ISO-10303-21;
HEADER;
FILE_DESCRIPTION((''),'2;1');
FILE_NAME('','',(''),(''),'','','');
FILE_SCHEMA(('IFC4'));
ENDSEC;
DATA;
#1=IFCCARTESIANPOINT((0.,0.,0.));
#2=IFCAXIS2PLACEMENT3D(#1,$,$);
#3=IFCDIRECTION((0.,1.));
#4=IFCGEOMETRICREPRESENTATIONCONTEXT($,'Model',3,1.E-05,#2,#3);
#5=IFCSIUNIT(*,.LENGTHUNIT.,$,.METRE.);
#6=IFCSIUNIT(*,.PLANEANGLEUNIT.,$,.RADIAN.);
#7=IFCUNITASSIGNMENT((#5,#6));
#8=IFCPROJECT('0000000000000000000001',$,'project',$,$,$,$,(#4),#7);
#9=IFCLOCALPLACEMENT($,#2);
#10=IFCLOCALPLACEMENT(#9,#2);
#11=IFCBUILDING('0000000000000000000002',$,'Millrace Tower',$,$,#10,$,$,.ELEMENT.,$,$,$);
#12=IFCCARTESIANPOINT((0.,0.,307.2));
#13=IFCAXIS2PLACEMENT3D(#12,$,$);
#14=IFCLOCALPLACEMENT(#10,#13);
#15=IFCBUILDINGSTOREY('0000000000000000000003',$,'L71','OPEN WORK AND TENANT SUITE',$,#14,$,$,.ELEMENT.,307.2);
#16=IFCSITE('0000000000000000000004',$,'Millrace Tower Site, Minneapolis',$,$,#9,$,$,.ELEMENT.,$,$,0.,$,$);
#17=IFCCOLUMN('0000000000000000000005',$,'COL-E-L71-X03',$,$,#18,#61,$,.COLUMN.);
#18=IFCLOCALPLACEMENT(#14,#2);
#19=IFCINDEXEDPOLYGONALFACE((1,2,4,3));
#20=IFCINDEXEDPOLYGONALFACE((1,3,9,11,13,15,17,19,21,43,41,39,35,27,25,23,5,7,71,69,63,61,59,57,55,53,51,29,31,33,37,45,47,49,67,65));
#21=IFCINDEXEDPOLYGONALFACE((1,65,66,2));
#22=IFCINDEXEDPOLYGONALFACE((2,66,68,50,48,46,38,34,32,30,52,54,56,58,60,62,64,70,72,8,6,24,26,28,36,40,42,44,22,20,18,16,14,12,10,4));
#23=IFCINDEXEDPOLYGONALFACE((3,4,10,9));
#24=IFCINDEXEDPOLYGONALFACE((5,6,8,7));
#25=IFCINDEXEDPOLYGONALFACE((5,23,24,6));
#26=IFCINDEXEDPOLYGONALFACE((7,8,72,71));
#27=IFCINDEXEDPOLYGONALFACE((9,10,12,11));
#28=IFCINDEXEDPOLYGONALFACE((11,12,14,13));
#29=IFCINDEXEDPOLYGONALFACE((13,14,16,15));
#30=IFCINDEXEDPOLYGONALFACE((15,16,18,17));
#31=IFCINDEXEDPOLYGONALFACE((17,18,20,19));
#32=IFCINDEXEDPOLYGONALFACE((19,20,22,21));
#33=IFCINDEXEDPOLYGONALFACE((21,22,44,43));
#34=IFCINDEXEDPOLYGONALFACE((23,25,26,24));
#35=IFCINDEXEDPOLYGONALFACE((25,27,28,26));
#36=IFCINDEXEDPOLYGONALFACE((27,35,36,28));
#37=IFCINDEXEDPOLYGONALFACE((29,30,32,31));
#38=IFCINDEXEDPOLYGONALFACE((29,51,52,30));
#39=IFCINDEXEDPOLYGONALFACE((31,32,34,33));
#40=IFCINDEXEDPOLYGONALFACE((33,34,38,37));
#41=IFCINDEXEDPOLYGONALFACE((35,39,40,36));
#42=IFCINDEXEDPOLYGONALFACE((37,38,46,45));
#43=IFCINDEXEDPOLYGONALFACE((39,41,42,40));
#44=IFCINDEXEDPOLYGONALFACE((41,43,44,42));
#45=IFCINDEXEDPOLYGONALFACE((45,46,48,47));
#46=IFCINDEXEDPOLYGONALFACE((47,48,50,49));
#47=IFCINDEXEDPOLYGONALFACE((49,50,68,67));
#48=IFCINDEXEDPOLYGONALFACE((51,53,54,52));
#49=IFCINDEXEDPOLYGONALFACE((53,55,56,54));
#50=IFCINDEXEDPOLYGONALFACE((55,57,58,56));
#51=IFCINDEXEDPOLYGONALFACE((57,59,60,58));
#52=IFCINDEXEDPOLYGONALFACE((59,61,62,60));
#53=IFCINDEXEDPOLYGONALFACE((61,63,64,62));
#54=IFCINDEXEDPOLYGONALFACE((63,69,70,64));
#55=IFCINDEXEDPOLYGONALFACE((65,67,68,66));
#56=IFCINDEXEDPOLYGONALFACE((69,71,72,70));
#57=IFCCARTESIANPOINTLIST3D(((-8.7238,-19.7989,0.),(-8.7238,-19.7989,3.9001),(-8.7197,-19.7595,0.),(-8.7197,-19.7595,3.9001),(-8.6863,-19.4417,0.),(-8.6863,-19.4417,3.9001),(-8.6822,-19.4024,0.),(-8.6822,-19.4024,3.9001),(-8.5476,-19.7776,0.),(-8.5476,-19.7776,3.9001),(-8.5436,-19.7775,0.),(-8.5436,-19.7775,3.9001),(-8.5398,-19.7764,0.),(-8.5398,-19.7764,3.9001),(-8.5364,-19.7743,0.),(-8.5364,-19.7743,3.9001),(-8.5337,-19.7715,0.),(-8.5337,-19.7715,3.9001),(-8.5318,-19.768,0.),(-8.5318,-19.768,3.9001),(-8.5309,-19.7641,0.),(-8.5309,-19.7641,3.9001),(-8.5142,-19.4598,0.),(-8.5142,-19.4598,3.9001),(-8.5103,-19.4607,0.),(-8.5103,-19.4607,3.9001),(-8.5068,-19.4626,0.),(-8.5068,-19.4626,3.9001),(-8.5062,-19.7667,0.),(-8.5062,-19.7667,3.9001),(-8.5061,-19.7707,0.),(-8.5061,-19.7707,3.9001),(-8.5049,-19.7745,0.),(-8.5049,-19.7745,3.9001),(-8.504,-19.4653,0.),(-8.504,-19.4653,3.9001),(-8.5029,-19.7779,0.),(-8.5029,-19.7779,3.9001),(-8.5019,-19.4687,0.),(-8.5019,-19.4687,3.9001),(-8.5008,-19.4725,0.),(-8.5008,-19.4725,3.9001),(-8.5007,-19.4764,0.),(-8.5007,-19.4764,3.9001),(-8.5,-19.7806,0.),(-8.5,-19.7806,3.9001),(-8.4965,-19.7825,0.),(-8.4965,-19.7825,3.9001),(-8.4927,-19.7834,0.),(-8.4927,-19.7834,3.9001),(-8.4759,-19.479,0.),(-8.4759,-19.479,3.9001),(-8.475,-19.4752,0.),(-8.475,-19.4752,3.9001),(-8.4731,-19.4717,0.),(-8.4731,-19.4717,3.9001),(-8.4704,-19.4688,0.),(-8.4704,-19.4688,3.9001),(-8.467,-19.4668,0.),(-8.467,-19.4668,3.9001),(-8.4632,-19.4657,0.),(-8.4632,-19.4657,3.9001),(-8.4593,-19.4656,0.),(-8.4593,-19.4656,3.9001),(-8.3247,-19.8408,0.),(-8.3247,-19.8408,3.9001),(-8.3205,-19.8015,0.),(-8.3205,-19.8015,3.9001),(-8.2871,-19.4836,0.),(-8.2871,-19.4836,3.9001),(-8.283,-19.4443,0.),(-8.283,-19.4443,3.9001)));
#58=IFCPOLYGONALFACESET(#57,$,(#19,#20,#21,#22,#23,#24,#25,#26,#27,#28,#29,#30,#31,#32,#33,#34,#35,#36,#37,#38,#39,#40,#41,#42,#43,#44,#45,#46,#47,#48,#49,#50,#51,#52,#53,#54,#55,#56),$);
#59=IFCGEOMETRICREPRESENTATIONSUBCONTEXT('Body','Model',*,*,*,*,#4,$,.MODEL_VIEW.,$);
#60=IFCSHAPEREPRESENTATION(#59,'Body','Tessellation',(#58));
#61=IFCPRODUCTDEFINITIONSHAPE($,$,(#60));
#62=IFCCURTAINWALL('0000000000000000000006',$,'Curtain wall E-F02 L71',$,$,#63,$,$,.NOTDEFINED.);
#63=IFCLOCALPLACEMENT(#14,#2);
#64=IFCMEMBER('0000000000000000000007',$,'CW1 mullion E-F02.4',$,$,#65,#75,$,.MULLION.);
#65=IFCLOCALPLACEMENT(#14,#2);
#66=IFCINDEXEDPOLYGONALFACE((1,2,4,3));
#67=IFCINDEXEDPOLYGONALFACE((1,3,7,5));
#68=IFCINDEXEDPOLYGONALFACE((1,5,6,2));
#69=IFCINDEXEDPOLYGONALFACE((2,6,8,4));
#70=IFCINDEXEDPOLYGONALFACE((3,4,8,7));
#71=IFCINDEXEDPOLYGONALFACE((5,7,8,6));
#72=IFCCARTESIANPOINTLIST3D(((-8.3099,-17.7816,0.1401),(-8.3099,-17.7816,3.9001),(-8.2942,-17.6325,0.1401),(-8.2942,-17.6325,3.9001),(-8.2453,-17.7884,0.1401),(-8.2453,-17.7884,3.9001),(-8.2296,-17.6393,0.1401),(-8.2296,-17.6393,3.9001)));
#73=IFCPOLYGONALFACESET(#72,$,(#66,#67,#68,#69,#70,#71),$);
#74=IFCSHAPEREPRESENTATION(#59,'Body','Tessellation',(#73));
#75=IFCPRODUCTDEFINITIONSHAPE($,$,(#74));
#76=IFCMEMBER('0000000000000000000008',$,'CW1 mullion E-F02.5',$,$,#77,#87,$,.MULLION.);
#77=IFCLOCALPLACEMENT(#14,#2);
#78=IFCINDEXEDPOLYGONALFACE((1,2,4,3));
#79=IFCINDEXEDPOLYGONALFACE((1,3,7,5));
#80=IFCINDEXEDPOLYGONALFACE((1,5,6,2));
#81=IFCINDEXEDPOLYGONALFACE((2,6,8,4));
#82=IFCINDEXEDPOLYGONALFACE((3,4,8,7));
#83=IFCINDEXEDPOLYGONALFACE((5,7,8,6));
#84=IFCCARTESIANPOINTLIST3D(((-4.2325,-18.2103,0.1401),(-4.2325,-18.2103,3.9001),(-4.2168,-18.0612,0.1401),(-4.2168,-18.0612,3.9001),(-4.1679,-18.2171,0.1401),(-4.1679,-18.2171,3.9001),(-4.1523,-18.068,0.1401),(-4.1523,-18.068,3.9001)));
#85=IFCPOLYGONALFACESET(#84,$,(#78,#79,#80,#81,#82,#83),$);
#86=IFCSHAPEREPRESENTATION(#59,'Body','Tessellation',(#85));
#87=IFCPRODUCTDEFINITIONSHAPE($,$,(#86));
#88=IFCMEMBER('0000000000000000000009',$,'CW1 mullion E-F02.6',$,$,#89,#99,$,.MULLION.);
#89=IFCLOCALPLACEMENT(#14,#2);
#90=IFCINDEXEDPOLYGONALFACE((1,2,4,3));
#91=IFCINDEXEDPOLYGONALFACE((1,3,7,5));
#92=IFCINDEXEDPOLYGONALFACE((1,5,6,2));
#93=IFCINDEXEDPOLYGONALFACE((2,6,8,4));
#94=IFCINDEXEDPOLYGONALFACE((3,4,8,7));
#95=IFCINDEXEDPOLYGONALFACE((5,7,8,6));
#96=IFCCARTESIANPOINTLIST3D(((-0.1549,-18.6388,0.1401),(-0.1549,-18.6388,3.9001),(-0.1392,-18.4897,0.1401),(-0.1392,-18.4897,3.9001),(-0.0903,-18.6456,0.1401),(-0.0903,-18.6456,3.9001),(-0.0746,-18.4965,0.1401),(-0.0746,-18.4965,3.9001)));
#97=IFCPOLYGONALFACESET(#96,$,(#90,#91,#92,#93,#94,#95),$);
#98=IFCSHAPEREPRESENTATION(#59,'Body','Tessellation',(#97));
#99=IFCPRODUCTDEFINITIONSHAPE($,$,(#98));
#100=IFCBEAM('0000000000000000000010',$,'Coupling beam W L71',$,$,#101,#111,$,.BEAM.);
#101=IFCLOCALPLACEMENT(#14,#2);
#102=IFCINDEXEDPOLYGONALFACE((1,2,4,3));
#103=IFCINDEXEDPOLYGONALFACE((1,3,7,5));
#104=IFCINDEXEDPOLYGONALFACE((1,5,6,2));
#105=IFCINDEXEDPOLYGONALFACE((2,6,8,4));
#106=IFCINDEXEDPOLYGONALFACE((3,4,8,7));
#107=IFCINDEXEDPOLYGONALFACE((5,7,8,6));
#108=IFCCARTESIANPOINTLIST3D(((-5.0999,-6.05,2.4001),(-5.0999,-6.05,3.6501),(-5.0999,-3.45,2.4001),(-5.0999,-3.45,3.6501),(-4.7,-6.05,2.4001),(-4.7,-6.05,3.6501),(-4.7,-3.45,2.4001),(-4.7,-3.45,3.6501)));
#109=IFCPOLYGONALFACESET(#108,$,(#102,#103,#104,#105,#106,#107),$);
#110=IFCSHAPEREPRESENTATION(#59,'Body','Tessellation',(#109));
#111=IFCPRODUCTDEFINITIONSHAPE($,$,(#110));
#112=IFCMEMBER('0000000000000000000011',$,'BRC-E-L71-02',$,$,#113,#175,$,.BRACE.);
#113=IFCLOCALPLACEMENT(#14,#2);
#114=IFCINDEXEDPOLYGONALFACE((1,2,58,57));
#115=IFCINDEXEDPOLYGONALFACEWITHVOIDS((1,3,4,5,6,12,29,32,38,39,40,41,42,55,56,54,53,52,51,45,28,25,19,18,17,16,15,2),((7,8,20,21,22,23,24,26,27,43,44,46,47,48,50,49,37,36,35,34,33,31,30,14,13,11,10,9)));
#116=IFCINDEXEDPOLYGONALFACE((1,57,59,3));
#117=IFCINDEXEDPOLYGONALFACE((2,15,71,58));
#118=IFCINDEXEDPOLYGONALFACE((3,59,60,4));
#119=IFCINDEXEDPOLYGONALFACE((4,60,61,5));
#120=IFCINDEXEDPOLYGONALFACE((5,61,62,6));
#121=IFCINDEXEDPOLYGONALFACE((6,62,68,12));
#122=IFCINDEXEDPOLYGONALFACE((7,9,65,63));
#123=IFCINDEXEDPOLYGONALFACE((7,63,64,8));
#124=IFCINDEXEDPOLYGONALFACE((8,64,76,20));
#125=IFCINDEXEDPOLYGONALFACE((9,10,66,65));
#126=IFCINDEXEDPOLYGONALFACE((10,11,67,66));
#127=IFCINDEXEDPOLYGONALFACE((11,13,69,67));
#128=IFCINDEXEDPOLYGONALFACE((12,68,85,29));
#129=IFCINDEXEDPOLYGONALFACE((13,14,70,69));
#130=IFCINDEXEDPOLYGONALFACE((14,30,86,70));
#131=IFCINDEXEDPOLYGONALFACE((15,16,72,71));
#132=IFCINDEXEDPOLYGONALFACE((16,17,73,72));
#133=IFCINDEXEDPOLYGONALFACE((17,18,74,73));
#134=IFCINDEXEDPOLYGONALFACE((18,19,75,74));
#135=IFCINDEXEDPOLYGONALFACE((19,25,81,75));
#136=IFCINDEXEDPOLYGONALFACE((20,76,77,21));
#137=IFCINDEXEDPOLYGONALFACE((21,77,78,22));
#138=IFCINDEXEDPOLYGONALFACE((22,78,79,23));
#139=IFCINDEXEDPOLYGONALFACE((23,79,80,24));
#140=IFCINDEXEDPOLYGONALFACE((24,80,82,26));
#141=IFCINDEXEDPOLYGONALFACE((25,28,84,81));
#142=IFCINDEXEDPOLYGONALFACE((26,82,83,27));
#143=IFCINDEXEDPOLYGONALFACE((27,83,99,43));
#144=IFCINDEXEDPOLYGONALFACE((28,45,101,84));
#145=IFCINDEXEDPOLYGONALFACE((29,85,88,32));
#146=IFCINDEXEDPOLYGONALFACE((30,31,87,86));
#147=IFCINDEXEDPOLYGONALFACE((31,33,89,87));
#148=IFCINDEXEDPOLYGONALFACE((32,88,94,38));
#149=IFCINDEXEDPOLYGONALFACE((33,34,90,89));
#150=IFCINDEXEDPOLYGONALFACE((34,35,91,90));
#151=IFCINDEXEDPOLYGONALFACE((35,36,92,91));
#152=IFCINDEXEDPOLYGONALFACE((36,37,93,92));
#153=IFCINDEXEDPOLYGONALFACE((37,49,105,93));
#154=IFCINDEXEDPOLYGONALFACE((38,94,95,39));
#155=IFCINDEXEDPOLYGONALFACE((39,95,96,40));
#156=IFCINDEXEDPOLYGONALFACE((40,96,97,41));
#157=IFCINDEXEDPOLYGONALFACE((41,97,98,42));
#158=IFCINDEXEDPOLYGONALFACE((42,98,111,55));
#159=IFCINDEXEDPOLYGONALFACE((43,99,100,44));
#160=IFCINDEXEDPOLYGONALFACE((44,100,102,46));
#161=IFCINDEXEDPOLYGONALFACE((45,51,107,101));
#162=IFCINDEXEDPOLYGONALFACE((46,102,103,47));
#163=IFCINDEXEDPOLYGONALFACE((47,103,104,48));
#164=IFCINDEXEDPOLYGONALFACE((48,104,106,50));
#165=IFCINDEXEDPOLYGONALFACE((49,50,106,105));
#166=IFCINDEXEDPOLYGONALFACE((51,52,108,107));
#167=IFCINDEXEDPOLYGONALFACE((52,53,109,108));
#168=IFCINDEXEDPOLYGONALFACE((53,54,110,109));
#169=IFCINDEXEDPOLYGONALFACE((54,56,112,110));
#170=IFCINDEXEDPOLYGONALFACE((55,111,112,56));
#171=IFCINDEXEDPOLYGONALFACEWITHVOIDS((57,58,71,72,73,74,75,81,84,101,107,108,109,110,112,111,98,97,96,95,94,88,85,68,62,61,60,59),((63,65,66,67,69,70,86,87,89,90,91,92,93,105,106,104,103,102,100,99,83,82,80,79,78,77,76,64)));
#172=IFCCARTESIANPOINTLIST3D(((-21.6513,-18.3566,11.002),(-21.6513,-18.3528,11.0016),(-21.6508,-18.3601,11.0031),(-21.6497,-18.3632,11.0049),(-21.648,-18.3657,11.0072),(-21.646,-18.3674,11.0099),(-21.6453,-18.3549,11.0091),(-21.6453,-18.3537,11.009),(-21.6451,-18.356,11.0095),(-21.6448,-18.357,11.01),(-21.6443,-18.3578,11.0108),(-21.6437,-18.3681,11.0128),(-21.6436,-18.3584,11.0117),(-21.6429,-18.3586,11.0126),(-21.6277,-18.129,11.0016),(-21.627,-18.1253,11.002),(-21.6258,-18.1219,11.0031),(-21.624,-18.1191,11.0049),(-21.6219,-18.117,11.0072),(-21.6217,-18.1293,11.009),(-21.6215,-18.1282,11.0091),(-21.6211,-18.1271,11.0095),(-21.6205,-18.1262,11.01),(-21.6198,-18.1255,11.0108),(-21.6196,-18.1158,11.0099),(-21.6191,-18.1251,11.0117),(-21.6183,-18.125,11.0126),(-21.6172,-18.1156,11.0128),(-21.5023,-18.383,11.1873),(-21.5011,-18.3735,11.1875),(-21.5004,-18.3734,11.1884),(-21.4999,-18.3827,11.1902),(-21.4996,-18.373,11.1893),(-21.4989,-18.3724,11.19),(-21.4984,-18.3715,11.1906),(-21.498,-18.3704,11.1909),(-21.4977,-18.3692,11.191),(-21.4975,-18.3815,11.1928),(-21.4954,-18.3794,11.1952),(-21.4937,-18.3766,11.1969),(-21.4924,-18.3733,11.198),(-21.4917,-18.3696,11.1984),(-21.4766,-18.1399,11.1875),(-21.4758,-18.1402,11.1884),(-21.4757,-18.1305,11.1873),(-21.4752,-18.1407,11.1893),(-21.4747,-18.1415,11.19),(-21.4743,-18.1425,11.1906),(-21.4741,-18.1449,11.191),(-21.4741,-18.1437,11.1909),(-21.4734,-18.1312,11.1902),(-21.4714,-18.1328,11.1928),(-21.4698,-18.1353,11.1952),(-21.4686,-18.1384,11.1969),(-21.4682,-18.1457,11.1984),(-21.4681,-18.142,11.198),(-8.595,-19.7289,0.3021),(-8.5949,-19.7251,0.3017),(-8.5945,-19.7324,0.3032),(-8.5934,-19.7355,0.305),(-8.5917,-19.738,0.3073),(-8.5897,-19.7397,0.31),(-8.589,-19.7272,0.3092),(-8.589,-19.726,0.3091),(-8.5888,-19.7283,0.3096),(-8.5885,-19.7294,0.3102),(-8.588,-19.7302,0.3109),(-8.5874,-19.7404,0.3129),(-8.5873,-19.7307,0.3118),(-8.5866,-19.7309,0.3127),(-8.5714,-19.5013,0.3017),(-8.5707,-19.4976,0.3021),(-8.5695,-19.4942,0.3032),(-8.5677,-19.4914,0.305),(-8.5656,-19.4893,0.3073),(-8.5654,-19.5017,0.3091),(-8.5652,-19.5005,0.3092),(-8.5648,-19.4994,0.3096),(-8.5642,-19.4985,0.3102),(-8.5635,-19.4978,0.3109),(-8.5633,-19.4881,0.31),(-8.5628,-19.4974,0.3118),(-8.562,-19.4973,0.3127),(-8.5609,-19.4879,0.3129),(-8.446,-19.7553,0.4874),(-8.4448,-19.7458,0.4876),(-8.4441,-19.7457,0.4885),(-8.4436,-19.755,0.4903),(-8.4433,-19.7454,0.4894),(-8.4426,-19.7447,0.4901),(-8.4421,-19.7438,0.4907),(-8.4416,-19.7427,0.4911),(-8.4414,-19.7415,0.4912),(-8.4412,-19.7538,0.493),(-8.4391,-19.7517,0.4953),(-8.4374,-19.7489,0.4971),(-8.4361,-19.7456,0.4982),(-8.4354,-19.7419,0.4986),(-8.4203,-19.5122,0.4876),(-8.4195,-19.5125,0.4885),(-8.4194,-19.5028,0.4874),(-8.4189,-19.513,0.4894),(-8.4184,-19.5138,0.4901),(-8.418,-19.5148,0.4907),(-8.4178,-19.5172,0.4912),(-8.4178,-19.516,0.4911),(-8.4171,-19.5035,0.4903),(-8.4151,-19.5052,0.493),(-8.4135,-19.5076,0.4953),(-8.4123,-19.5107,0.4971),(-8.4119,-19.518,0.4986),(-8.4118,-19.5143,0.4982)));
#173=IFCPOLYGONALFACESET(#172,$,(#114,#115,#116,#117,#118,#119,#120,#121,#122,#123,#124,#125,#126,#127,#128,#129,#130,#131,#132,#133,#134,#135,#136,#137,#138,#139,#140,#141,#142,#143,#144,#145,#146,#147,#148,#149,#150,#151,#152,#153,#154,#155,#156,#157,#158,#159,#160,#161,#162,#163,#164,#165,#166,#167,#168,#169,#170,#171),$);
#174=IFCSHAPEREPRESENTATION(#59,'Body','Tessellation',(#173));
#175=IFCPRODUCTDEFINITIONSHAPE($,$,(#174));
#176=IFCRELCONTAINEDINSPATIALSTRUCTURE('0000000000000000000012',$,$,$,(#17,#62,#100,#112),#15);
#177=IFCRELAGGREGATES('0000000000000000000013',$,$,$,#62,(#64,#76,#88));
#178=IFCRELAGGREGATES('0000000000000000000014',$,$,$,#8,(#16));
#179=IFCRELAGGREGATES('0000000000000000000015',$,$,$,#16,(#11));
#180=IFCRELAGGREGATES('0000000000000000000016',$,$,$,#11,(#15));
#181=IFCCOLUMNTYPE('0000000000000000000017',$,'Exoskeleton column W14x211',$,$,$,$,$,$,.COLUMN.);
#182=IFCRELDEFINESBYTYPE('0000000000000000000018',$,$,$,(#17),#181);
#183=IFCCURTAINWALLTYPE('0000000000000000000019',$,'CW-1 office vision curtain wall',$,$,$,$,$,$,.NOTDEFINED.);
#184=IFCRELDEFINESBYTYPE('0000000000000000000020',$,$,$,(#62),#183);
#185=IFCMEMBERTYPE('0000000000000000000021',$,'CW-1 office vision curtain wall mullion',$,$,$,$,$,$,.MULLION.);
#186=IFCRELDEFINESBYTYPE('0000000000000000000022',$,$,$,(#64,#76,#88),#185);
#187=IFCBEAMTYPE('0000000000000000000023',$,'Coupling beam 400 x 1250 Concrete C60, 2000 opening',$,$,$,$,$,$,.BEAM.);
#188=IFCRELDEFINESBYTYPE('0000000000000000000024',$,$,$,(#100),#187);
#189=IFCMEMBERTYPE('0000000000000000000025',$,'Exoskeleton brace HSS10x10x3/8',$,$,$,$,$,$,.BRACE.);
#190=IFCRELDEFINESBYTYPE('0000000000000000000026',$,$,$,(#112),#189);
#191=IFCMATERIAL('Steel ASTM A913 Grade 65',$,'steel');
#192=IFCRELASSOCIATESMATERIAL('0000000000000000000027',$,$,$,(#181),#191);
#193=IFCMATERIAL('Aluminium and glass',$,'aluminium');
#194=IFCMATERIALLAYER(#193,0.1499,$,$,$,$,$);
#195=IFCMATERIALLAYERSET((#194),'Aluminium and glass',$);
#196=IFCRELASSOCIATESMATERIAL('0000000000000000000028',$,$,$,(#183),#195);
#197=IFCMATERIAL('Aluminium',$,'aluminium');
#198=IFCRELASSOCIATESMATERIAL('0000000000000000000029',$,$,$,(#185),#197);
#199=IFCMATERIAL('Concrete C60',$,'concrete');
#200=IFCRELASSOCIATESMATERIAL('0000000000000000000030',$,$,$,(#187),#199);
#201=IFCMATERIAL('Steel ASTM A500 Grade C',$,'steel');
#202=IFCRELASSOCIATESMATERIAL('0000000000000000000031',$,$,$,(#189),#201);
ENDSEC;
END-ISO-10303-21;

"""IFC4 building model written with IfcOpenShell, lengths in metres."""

from ifc_helpers import new_model, si_unit, direction, frame, origin, origin_2d, place, context, subcontext, project, spatial, rectangle, hollow_rectangle, i_section, extrude, material, layer, layer_set, material_profile, profile_set, type_object, element, aggregate, save


model = new_model("IFC4")

# Units and contexts
model_context = context("Model", 3, precision=1e-05, world=origin(), true_north=direction((0.0, 1.0)))
body_context = subcontext(model_context, "Body", "Model", "MODEL_VIEW")
ifc_project = project(units=[si_unit("LENGTHUNIT", "METRE"), si_unit("PLANEANGLEUNIT", "RADIAN")], contexts=[model_context])

# Site, building, storey
site_placement = place(None, origin())
site = spatial("IfcSite", under=ifc_project, at=site_placement, Name="Millrace Tower Site, Minneapolis", CompositionType="ELEMENT", RefElevation=0.0)
building_placement = place(site_placement, origin())
building = spatial("IfcBuilding", under=site, at=building_placement, Name="Millrace Tower", CompositionType="ELEMENT")
storey_placement = place(building_placement, frame((0.0, 0.0, 307.2)))
storey = spatial("IfcBuildingStorey", under=building, at=storey_placement, Name="L71", Description="OPEN WORK AND TENANT SUITE", CompositionType="ELEMENT", Elevation=307.2)

# Column
ifc_material_1 = material(Name="Steel ASTM A913 Grade 65", Category="steel")
ifc_material_profile_1 = material_profile(ifc_material_1, i_section(OverallWidth=0.4014, OverallDepth=0.3987, WebThickness=0.0249, FlangeThickness=0.0396, FilletRadius=0.0151, at=origin_2d()))
ifc_profile_set_1 = profile_set([ifc_material_profile_1], Name="Steel ASTM A913 Grade 65")
column_type = type_object("IfcColumnType", Name="Exoskeleton column W14x211", PredefinedType="COLUMN", material=ifc_profile_set_1)
column_placement = place(storey_placement, frame((-8.5034, -19.6216, 0.0), z_axis=(0.0, 0.0, 1.0), x_axis=(0.994522, -0.104528, 0.0)))
element("IfcColumn", 1, at=column_placement, inside=storey, type_object=column_type, Name="COL-E-L71-X03", PredefinedType="COLUMN", context=body_context, shape_type="SweptSolid", body=[
    extrude(i_section(OverallWidth=0.4014, OverallDepth=0.3987, WebThickness=0.0249, FlangeThickness=0.0396, FilletRadius=0.0151, at=origin_2d()), origin(), (0.0, 0.0, 1.0), 3.9001),
])

# Curtain wall, members
ifc_material_2 = material(Name="Aluminium and glass", Category="aluminium")
ifc_layer_1 = layer(ifc_material_2, 0.1499)
ifc_layer_set_1 = layer_set([ifc_layer_1], Name="Aluminium and glass")
curtain_wall_type = type_object("IfcCurtainWallType", Name="CW-1 office vision curtain wall", PredefinedType="NOTDEFINED", material=ifc_layer_set_1)
curtain_wall_placement = place(storey_placement, origin())
curtain_wall = element("IfcCurtainWall", 2, at=curtain_wall_placement, inside=storey, type_object=curtain_wall_type, Name="Curtain wall E-F02 L71", PredefinedType="NOTDEFINED")
ifc_material_3 = material(Name="Aluminium", Category="aluminium")
ifc_material_profile_2 = material_profile(ifc_material_3, rectangle(XDim=0.0649, YDim=0.1499, at=origin_2d()))
ifc_profile_set_2 = profile_set([ifc_material_profile_2], Name="Aluminium")
member_type_1 = type_object("IfcMemberType", Name="CW-1 office vision curtain wall mullion", PredefinedType="MULLION", material=ifc_profile_set_2)
member_1_placement = place(storey_placement, frame((-8.2698, -17.7104, 0.1401), z_axis=(0.0, 0.0, 1.0), x_axis=(0.994522, -0.104528, 0.0)))
member_1 = element("IfcMember", 3, at=member_1_placement, type_object=member_type_1, Name="CW1 mullion E-F02.4", PredefinedType="MULLION", context=body_context, shape_type="SweptSolid", body=[
    extrude(rectangle(XDim=0.0649, YDim=0.1499, at=origin_2d()), origin(), (0.0, 0.0, 1.0), 3.76),
])
member_2_placement = place(storey_placement, frame((-4.1924, -18.1392, 0.1401), z_axis=(0.0, 0.0, 1.0), x_axis=(0.994522, -0.104528, 0.0)))
member_2 = element("IfcMember", 4, at=member_2_placement, type_object=member_type_1, Name="CW1 mullion E-F02.5", PredefinedType="MULLION", context=body_context, shape_type="SweptSolid", body=[
    extrude(rectangle(XDim=0.0649, YDim=0.1499, at=origin_2d()), origin(), (0.0, 0.0, 1.0), 3.76),
])
member_3_placement = place(storey_placement, frame((-0.1147, -18.5676, 0.1401), z_axis=(0.0, 0.0, 1.0), x_axis=(0.994522, -0.104528, 0.0)))
member_3 = element("IfcMember", 5, at=member_3_placement, type_object=member_type_1, Name="CW1 mullion E-F02.6", PredefinedType="MULLION", context=body_context, shape_type="SweptSolid", body=[
    extrude(rectangle(XDim=0.0649, YDim=0.1499, at=origin_2d()), origin(), (0.0, 0.0, 1.0), 3.76),
])
aggregate(curtain_wall, [member_1, member_2, member_3])

# Beam
ifc_material_4 = material(Name="Concrete C60", Category="concrete")
ifc_material_profile_3 = material_profile(ifc_material_4, rectangle(XDim=0.3999, YDim=1.25, at=origin_2d()))
ifc_profile_set_3 = profile_set([ifc_material_profile_3], Name="Concrete C60")
beam_type_1 = type_object("IfcBeamType", Name="Coupling beam 400 x 1250 Concrete C60, 2000 opening", PredefinedType="BEAM", material=ifc_profile_set_3)
beam_1_placement = place(storey_placement, frame((-4.8999, -6.05, 3.0251), z_axis=(0.0, 1.0, 0.0), x_axis=(-1.0, 0.0, 0.0)))
element("IfcBeam", 6, at=beam_1_placement, inside=storey, type_object=beam_type_1, Name="Coupling beam W L71", PredefinedType="BEAM", context=body_context, shape_type="SweptSolid", body=[
    extrude(rectangle(XDim=0.3999, YDim=1.25, at=origin_2d()), origin(), (0.0, 0.0, 1.0), 2.6001),
])

# Member
ifc_material_5 = material(Name="Steel ASTM A500 Grade C", Category="steel")
ifc_material_profile_4 = material_profile(ifc_material_5, hollow_rectangle(XDim=0.2539, YDim=0.2539, WallThickness=0.0095, InnerFilletRadius=0.0046, OuterFilletRadius=0.0144, at=origin_2d()))
ifc_profile_set_4 = profile_set([ifc_material_profile_4], Name="Steel ASTM A500 Grade C")
member_type_2 = type_object("IfcMemberType", Name="Exoskeleton brace HSS10x10x3/8", PredefinedType="BRACE", material=ifc_profile_set_4)
member_4_placement = place(storey_placement, frame((-8.5034, -19.6216, 0.4001), z_axis=(-0.770907, 0.081028, 0.631772), x_axis=(-0.104531, -0.994522, 0.0)))
element("IfcMember", 7, at=member_4_placement, inside=storey, type_object=member_type_2, Name="BRC-E-L71-02", PredefinedType="BRACE", context=body_context, shape_type="SweptSolid", body=[
    extrude(hollow_rectangle(XDim=0.2539, YDim=0.2539, WallThickness=0.0095, InnerFilletRadius=0.0046, OuterFilletRadius=0.0144, at=origin_2d()), origin(), (0.0, 0.0, 1.0), 16.9363),
])

save(model, "model.ifc")
